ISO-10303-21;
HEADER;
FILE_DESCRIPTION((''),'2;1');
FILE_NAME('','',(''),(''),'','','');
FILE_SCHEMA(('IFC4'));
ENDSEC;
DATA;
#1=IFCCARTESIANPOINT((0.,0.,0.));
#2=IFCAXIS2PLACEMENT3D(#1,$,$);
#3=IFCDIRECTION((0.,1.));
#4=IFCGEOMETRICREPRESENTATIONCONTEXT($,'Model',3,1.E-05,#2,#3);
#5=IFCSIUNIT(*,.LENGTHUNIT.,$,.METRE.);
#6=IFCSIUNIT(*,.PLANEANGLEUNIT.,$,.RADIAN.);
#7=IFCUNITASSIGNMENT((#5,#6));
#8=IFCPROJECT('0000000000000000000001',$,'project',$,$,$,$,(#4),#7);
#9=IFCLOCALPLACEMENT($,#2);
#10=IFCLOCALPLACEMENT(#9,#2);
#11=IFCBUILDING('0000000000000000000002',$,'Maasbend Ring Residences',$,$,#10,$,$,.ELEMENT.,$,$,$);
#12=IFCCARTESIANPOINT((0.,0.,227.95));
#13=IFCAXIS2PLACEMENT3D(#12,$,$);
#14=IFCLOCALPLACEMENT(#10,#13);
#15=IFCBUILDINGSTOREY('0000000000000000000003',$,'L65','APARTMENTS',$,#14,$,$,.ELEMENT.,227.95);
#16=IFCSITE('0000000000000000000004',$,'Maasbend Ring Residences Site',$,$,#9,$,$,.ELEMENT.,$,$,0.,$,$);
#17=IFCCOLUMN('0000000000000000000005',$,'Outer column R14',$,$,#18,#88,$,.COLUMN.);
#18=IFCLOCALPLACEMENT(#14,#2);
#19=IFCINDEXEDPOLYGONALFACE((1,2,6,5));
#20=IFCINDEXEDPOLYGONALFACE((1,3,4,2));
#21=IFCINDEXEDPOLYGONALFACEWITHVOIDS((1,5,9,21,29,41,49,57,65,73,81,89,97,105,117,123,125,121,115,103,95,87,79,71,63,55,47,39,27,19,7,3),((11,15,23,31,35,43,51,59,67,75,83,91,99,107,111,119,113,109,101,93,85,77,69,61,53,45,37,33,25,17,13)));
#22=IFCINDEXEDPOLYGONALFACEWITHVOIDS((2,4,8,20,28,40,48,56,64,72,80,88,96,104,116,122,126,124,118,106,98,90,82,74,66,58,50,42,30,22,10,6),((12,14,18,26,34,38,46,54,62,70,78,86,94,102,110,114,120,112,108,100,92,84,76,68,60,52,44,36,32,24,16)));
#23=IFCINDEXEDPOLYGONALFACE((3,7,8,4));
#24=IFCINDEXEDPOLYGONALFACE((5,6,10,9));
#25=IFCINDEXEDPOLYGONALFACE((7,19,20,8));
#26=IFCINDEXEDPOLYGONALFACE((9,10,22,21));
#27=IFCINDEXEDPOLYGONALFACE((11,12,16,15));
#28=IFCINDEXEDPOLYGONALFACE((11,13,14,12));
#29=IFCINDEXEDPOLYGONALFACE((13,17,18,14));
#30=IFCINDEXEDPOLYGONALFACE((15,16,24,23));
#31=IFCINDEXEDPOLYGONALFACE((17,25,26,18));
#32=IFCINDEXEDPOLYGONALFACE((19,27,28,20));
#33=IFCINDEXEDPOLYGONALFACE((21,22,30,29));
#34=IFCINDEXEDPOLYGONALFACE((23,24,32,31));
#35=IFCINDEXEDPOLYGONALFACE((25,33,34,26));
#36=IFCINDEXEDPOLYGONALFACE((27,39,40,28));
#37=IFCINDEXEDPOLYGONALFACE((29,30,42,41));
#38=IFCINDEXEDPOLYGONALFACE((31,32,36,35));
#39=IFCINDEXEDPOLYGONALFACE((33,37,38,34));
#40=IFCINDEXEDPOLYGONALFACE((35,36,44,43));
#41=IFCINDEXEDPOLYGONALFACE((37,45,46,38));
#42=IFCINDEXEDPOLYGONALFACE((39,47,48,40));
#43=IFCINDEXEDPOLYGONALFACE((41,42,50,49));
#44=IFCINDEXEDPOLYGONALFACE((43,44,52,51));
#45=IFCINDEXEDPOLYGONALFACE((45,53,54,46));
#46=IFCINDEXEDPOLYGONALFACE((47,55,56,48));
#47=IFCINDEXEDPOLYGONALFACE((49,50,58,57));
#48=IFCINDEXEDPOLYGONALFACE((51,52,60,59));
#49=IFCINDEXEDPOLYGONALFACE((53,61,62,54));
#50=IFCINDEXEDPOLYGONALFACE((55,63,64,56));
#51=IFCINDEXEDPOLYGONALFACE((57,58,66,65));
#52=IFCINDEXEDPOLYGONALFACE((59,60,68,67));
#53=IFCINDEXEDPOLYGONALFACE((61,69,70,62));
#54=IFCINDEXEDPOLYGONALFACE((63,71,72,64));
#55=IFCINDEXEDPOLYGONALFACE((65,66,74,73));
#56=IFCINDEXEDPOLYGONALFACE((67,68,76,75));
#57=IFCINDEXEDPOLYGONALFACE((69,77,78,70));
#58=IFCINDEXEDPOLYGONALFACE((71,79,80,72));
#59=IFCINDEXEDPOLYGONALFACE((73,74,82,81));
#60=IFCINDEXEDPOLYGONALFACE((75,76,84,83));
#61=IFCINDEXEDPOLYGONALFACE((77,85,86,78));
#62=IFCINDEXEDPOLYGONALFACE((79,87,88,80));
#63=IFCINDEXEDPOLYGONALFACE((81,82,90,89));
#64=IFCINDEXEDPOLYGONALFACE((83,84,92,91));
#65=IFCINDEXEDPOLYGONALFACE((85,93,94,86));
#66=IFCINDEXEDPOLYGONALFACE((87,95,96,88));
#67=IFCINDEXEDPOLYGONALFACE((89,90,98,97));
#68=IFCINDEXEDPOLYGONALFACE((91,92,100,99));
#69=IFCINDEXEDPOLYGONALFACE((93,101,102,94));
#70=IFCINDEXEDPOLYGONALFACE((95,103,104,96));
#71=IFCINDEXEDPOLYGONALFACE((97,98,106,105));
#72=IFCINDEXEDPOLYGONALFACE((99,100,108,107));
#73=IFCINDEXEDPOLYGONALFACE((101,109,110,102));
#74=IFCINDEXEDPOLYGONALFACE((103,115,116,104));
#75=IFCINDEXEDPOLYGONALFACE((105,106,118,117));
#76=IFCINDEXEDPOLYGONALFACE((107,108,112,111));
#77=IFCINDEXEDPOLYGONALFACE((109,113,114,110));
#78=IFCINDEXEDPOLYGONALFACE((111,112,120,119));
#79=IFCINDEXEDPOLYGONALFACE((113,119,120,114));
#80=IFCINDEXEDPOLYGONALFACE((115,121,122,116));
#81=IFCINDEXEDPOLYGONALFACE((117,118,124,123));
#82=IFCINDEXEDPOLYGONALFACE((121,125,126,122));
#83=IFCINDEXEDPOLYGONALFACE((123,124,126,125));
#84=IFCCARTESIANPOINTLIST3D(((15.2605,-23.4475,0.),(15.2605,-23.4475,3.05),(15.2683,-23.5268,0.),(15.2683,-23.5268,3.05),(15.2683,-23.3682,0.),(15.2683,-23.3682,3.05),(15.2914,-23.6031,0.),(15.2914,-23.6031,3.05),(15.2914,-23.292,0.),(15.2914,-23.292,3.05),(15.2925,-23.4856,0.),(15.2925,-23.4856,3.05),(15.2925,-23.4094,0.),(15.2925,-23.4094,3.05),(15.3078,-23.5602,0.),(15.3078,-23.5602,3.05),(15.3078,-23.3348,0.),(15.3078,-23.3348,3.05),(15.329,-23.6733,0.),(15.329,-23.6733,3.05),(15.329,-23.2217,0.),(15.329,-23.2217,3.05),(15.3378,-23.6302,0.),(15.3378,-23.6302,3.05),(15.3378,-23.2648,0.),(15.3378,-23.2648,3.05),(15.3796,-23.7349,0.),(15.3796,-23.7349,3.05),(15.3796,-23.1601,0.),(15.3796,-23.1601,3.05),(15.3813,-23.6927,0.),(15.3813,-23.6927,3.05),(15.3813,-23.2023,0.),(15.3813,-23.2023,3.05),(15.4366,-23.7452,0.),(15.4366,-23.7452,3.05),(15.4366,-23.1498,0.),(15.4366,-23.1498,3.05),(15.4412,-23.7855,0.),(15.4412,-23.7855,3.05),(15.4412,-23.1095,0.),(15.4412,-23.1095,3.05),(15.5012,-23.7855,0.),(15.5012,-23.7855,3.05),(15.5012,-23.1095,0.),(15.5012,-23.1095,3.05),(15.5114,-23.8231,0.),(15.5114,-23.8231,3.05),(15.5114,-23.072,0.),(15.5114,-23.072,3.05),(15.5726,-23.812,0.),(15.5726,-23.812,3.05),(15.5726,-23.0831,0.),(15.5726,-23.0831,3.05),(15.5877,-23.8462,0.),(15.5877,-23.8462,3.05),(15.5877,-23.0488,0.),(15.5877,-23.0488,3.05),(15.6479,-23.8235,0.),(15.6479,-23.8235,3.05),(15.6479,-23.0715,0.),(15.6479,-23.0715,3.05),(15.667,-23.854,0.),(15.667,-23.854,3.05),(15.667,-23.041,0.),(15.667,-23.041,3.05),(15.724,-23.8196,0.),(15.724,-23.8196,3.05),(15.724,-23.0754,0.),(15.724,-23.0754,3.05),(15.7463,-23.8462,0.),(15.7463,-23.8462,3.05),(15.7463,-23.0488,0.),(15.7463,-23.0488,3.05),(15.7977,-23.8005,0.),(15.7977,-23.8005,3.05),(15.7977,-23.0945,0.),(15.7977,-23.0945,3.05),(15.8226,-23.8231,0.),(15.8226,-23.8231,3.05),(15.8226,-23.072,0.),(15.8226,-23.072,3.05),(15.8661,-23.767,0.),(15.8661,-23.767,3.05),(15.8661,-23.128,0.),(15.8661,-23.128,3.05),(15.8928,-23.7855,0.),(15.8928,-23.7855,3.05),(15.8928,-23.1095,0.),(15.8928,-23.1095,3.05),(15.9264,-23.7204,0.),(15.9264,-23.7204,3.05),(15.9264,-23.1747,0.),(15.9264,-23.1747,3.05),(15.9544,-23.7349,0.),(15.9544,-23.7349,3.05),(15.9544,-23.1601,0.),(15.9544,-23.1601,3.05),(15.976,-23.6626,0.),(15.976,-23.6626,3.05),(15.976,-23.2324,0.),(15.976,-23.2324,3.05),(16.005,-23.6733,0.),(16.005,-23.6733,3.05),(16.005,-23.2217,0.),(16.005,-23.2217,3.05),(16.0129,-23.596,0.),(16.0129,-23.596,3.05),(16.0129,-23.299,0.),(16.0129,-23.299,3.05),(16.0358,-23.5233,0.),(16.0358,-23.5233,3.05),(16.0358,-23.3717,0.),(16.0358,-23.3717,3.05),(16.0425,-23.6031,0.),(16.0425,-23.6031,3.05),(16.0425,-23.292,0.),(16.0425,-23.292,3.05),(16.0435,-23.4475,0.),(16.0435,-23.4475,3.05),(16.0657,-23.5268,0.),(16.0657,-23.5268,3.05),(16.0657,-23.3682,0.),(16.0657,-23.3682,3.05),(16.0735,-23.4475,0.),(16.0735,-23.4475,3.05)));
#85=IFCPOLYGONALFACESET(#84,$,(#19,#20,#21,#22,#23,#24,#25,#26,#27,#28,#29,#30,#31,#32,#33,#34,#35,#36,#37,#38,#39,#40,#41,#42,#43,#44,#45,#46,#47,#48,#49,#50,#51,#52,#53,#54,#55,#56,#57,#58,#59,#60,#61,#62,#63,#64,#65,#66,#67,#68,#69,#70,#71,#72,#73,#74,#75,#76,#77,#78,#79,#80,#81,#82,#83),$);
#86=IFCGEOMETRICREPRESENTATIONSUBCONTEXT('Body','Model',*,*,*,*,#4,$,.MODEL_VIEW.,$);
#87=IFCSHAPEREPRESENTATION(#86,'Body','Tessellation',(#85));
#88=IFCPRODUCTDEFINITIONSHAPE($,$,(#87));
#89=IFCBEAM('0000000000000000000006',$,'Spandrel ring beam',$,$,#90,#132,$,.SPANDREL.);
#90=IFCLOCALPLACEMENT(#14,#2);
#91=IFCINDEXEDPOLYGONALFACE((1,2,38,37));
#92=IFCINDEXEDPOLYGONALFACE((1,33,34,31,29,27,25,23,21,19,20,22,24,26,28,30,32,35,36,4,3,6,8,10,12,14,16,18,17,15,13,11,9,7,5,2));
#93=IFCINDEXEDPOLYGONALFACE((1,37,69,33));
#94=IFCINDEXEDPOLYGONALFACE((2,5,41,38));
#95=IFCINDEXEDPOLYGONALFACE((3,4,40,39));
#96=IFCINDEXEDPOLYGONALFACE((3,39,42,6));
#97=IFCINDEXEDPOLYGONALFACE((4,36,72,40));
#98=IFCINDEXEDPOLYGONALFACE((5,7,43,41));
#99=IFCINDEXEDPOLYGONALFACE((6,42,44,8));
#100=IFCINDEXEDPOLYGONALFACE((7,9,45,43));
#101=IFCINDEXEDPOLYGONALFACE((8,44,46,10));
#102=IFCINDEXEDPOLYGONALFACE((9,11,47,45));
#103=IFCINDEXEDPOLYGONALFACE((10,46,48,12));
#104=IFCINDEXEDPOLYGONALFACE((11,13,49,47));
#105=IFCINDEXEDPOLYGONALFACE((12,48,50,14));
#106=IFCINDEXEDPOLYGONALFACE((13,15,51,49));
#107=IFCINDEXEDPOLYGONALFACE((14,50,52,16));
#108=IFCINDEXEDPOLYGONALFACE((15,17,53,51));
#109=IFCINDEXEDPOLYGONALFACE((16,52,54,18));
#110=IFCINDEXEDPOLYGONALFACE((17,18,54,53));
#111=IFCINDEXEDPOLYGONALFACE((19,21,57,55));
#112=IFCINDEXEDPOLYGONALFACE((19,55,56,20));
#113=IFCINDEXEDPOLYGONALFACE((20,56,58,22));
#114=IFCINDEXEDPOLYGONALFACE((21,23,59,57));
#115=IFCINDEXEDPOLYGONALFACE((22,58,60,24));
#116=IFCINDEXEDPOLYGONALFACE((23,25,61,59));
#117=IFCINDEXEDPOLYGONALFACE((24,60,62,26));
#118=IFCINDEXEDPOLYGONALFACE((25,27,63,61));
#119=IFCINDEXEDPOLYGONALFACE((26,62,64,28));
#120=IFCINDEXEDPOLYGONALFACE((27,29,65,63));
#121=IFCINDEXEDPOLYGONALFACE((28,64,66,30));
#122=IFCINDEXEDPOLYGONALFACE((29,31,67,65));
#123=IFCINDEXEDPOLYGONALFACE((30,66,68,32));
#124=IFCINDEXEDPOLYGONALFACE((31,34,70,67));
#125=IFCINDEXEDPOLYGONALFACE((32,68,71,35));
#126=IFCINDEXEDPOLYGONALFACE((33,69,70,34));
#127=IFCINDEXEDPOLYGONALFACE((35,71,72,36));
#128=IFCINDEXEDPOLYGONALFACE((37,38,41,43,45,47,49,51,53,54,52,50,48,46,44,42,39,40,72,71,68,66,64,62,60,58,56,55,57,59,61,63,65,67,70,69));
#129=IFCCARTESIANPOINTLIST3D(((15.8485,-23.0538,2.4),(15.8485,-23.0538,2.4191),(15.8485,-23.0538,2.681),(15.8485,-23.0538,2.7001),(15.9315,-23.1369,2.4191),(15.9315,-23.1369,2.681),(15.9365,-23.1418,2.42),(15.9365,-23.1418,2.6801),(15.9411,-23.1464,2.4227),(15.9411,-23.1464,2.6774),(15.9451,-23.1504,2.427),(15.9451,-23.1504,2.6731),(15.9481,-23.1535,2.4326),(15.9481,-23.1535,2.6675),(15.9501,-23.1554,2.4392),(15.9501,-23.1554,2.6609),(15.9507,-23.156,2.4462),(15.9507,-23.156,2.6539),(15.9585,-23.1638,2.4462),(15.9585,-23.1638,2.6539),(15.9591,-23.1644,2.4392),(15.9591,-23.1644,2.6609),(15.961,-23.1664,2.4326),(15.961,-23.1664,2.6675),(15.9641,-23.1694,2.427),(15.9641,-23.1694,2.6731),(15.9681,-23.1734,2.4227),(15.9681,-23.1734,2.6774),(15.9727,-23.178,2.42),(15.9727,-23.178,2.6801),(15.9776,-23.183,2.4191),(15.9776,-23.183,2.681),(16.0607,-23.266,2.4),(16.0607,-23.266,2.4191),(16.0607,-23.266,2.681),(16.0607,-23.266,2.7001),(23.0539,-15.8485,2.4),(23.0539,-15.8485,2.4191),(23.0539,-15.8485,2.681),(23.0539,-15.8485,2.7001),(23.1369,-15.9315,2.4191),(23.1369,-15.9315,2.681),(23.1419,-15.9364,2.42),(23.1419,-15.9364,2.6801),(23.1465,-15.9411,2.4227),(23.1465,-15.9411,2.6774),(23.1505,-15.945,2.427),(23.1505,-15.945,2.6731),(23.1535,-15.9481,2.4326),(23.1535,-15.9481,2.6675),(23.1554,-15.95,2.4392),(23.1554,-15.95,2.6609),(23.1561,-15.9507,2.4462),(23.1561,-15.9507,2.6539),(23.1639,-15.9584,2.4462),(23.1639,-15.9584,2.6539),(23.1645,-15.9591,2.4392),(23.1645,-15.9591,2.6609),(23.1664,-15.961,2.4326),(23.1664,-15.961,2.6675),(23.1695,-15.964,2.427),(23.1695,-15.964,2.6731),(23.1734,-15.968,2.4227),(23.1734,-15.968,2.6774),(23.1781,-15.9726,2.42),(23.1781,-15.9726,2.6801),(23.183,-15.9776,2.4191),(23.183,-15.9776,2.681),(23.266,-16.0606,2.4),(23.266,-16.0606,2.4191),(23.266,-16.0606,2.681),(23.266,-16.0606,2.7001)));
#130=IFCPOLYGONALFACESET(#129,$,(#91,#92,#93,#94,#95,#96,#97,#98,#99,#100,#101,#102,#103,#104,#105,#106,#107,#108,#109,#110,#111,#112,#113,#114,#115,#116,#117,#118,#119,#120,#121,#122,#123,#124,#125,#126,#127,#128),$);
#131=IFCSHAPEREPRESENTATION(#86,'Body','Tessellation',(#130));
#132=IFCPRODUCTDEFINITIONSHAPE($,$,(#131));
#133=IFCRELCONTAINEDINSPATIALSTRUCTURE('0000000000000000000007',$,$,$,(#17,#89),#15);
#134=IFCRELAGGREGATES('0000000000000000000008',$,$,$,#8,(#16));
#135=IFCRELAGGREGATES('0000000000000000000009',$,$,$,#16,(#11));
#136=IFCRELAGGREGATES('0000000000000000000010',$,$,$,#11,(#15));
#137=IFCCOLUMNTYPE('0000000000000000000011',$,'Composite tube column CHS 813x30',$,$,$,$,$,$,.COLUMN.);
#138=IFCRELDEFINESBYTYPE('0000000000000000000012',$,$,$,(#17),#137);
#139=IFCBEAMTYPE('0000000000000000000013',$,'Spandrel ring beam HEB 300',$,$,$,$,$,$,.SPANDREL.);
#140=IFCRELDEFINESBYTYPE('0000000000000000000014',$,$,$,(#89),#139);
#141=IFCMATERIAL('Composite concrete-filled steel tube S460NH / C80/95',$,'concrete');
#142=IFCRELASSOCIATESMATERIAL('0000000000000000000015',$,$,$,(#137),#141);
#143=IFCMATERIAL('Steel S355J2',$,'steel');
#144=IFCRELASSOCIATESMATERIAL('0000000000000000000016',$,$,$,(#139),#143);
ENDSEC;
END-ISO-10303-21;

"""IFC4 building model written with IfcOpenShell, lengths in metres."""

from ifc_helpers import new_model, si_unit, direction, frame, origin, origin_2d, place, context, subcontext, project, spatial, hollow_circle, i_section, extrude, material, material_profile, profile_set, type_object, element, save


model = new_model("IFC4")

# Units and contexts
model_context = context("Model", 3, precision=1e-05, world=origin(), true_north=direction((0.0, 1.0)))
body_context = subcontext(model_context, "Body", "Model", "MODEL_VIEW")
ifc_project = project(units=[si_unit("LENGTHUNIT", "METRE"), si_unit("PLANEANGLEUNIT", "RADIAN")], contexts=[model_context])

# Site, building, storey
site_placement = place(None, origin())
site = spatial("IfcSite", under=ifc_project, at=site_placement, Name="Maasbend Ring Residences Site", CompositionType="ELEMENT", RefElevation=0.0)
building_placement = place(site_placement, origin())
building = spatial("IfcBuilding", under=site, at=building_placement, Name="Maasbend Ring Residences", CompositionType="ELEMENT")
storey_placement = place(building_placement, frame((0.0, 0.0, 227.95)))
storey = spatial("IfcBuildingStorey", under=building, at=storey_placement, Name="L65", Description="APARTMENTS", CompositionType="ELEMENT", Elevation=227.95)

# Column
ifc_material_1 = material(Name="Composite concrete-filled steel tube S460NH / C80/95", Category="concrete")
ifc_material_profile_1 = material_profile(ifc_material_1, hollow_circle(Radius=0.4065, WallThickness=0.03, at=origin_2d()), Name="Composite tube column CHS 813x30")
ifc_profile_set_1 = profile_set([ifc_material_profile_1], Name="Composite concrete-filled steel tube S460NH / C80/95")
column_type = type_object("IfcColumnType", Name="Composite tube column CHS 813x30", PredefinedType="COLUMN", material=ifc_profile_set_1)
column_placement = place(storey_placement, frame((15.667, -23.4475, 0.0), z_axis=(0.0, 0.0, 1.0), x_axis=(1.0, 0.0, 0.0)))
element("IfcColumn", 1, at=column_placement, inside=storey, type_object=column_type, Name="Outer column R14", PredefinedType="COLUMN", context=body_context, shape_type="SweptSolid", body=[
    extrude(hollow_circle(Radius=0.4065, WallThickness=0.03, at=origin_2d()), origin(), (0.0, 0.0, 1.0), 3.05),
])

# Beam
ifc_material_2 = material(Name="Steel S355J2", Category="steel")
ifc_material_profile_2 = material_profile(ifc_material_2, i_section(OverallWidth=0.3, OverallDepth=0.3, WebThickness=0.011, FlangeThickness=0.019, FilletRadius=0.0271, at=origin_2d()), Name="HEB 300")
ifc_profile_set_2 = profile_set([ifc_material_profile_2], Name="Steel S355J2")
beam_type = type_object("IfcBeamType", Name="Spandrel ring beam HEB 300", PredefinedType="SPANDREL", material=ifc_profile_set_2)
beam_placement = place(storey_placement, frame((15.9546, -23.1599, 2.55), z_axis=(0.707107, 0.707107, 0.0), x_axis=(-0.707107, 0.707107, 0.0)))
element("IfcBeam", 2, at=beam_placement, inside=storey, type_object=beam_type, Name="Spandrel ring beam", PredefinedType="SPANDREL", context=body_context, shape_type="SweptSolid", body=[
    extrude(i_section(OverallWidth=0.3, OverallDepth=0.3, WebThickness=0.011, FlangeThickness=0.019, FilletRadius=0.0271, at=origin_2d()), origin(), (0.0, 0.0, 1.0), 10.1899),
])

save(model, "model.ifc")
